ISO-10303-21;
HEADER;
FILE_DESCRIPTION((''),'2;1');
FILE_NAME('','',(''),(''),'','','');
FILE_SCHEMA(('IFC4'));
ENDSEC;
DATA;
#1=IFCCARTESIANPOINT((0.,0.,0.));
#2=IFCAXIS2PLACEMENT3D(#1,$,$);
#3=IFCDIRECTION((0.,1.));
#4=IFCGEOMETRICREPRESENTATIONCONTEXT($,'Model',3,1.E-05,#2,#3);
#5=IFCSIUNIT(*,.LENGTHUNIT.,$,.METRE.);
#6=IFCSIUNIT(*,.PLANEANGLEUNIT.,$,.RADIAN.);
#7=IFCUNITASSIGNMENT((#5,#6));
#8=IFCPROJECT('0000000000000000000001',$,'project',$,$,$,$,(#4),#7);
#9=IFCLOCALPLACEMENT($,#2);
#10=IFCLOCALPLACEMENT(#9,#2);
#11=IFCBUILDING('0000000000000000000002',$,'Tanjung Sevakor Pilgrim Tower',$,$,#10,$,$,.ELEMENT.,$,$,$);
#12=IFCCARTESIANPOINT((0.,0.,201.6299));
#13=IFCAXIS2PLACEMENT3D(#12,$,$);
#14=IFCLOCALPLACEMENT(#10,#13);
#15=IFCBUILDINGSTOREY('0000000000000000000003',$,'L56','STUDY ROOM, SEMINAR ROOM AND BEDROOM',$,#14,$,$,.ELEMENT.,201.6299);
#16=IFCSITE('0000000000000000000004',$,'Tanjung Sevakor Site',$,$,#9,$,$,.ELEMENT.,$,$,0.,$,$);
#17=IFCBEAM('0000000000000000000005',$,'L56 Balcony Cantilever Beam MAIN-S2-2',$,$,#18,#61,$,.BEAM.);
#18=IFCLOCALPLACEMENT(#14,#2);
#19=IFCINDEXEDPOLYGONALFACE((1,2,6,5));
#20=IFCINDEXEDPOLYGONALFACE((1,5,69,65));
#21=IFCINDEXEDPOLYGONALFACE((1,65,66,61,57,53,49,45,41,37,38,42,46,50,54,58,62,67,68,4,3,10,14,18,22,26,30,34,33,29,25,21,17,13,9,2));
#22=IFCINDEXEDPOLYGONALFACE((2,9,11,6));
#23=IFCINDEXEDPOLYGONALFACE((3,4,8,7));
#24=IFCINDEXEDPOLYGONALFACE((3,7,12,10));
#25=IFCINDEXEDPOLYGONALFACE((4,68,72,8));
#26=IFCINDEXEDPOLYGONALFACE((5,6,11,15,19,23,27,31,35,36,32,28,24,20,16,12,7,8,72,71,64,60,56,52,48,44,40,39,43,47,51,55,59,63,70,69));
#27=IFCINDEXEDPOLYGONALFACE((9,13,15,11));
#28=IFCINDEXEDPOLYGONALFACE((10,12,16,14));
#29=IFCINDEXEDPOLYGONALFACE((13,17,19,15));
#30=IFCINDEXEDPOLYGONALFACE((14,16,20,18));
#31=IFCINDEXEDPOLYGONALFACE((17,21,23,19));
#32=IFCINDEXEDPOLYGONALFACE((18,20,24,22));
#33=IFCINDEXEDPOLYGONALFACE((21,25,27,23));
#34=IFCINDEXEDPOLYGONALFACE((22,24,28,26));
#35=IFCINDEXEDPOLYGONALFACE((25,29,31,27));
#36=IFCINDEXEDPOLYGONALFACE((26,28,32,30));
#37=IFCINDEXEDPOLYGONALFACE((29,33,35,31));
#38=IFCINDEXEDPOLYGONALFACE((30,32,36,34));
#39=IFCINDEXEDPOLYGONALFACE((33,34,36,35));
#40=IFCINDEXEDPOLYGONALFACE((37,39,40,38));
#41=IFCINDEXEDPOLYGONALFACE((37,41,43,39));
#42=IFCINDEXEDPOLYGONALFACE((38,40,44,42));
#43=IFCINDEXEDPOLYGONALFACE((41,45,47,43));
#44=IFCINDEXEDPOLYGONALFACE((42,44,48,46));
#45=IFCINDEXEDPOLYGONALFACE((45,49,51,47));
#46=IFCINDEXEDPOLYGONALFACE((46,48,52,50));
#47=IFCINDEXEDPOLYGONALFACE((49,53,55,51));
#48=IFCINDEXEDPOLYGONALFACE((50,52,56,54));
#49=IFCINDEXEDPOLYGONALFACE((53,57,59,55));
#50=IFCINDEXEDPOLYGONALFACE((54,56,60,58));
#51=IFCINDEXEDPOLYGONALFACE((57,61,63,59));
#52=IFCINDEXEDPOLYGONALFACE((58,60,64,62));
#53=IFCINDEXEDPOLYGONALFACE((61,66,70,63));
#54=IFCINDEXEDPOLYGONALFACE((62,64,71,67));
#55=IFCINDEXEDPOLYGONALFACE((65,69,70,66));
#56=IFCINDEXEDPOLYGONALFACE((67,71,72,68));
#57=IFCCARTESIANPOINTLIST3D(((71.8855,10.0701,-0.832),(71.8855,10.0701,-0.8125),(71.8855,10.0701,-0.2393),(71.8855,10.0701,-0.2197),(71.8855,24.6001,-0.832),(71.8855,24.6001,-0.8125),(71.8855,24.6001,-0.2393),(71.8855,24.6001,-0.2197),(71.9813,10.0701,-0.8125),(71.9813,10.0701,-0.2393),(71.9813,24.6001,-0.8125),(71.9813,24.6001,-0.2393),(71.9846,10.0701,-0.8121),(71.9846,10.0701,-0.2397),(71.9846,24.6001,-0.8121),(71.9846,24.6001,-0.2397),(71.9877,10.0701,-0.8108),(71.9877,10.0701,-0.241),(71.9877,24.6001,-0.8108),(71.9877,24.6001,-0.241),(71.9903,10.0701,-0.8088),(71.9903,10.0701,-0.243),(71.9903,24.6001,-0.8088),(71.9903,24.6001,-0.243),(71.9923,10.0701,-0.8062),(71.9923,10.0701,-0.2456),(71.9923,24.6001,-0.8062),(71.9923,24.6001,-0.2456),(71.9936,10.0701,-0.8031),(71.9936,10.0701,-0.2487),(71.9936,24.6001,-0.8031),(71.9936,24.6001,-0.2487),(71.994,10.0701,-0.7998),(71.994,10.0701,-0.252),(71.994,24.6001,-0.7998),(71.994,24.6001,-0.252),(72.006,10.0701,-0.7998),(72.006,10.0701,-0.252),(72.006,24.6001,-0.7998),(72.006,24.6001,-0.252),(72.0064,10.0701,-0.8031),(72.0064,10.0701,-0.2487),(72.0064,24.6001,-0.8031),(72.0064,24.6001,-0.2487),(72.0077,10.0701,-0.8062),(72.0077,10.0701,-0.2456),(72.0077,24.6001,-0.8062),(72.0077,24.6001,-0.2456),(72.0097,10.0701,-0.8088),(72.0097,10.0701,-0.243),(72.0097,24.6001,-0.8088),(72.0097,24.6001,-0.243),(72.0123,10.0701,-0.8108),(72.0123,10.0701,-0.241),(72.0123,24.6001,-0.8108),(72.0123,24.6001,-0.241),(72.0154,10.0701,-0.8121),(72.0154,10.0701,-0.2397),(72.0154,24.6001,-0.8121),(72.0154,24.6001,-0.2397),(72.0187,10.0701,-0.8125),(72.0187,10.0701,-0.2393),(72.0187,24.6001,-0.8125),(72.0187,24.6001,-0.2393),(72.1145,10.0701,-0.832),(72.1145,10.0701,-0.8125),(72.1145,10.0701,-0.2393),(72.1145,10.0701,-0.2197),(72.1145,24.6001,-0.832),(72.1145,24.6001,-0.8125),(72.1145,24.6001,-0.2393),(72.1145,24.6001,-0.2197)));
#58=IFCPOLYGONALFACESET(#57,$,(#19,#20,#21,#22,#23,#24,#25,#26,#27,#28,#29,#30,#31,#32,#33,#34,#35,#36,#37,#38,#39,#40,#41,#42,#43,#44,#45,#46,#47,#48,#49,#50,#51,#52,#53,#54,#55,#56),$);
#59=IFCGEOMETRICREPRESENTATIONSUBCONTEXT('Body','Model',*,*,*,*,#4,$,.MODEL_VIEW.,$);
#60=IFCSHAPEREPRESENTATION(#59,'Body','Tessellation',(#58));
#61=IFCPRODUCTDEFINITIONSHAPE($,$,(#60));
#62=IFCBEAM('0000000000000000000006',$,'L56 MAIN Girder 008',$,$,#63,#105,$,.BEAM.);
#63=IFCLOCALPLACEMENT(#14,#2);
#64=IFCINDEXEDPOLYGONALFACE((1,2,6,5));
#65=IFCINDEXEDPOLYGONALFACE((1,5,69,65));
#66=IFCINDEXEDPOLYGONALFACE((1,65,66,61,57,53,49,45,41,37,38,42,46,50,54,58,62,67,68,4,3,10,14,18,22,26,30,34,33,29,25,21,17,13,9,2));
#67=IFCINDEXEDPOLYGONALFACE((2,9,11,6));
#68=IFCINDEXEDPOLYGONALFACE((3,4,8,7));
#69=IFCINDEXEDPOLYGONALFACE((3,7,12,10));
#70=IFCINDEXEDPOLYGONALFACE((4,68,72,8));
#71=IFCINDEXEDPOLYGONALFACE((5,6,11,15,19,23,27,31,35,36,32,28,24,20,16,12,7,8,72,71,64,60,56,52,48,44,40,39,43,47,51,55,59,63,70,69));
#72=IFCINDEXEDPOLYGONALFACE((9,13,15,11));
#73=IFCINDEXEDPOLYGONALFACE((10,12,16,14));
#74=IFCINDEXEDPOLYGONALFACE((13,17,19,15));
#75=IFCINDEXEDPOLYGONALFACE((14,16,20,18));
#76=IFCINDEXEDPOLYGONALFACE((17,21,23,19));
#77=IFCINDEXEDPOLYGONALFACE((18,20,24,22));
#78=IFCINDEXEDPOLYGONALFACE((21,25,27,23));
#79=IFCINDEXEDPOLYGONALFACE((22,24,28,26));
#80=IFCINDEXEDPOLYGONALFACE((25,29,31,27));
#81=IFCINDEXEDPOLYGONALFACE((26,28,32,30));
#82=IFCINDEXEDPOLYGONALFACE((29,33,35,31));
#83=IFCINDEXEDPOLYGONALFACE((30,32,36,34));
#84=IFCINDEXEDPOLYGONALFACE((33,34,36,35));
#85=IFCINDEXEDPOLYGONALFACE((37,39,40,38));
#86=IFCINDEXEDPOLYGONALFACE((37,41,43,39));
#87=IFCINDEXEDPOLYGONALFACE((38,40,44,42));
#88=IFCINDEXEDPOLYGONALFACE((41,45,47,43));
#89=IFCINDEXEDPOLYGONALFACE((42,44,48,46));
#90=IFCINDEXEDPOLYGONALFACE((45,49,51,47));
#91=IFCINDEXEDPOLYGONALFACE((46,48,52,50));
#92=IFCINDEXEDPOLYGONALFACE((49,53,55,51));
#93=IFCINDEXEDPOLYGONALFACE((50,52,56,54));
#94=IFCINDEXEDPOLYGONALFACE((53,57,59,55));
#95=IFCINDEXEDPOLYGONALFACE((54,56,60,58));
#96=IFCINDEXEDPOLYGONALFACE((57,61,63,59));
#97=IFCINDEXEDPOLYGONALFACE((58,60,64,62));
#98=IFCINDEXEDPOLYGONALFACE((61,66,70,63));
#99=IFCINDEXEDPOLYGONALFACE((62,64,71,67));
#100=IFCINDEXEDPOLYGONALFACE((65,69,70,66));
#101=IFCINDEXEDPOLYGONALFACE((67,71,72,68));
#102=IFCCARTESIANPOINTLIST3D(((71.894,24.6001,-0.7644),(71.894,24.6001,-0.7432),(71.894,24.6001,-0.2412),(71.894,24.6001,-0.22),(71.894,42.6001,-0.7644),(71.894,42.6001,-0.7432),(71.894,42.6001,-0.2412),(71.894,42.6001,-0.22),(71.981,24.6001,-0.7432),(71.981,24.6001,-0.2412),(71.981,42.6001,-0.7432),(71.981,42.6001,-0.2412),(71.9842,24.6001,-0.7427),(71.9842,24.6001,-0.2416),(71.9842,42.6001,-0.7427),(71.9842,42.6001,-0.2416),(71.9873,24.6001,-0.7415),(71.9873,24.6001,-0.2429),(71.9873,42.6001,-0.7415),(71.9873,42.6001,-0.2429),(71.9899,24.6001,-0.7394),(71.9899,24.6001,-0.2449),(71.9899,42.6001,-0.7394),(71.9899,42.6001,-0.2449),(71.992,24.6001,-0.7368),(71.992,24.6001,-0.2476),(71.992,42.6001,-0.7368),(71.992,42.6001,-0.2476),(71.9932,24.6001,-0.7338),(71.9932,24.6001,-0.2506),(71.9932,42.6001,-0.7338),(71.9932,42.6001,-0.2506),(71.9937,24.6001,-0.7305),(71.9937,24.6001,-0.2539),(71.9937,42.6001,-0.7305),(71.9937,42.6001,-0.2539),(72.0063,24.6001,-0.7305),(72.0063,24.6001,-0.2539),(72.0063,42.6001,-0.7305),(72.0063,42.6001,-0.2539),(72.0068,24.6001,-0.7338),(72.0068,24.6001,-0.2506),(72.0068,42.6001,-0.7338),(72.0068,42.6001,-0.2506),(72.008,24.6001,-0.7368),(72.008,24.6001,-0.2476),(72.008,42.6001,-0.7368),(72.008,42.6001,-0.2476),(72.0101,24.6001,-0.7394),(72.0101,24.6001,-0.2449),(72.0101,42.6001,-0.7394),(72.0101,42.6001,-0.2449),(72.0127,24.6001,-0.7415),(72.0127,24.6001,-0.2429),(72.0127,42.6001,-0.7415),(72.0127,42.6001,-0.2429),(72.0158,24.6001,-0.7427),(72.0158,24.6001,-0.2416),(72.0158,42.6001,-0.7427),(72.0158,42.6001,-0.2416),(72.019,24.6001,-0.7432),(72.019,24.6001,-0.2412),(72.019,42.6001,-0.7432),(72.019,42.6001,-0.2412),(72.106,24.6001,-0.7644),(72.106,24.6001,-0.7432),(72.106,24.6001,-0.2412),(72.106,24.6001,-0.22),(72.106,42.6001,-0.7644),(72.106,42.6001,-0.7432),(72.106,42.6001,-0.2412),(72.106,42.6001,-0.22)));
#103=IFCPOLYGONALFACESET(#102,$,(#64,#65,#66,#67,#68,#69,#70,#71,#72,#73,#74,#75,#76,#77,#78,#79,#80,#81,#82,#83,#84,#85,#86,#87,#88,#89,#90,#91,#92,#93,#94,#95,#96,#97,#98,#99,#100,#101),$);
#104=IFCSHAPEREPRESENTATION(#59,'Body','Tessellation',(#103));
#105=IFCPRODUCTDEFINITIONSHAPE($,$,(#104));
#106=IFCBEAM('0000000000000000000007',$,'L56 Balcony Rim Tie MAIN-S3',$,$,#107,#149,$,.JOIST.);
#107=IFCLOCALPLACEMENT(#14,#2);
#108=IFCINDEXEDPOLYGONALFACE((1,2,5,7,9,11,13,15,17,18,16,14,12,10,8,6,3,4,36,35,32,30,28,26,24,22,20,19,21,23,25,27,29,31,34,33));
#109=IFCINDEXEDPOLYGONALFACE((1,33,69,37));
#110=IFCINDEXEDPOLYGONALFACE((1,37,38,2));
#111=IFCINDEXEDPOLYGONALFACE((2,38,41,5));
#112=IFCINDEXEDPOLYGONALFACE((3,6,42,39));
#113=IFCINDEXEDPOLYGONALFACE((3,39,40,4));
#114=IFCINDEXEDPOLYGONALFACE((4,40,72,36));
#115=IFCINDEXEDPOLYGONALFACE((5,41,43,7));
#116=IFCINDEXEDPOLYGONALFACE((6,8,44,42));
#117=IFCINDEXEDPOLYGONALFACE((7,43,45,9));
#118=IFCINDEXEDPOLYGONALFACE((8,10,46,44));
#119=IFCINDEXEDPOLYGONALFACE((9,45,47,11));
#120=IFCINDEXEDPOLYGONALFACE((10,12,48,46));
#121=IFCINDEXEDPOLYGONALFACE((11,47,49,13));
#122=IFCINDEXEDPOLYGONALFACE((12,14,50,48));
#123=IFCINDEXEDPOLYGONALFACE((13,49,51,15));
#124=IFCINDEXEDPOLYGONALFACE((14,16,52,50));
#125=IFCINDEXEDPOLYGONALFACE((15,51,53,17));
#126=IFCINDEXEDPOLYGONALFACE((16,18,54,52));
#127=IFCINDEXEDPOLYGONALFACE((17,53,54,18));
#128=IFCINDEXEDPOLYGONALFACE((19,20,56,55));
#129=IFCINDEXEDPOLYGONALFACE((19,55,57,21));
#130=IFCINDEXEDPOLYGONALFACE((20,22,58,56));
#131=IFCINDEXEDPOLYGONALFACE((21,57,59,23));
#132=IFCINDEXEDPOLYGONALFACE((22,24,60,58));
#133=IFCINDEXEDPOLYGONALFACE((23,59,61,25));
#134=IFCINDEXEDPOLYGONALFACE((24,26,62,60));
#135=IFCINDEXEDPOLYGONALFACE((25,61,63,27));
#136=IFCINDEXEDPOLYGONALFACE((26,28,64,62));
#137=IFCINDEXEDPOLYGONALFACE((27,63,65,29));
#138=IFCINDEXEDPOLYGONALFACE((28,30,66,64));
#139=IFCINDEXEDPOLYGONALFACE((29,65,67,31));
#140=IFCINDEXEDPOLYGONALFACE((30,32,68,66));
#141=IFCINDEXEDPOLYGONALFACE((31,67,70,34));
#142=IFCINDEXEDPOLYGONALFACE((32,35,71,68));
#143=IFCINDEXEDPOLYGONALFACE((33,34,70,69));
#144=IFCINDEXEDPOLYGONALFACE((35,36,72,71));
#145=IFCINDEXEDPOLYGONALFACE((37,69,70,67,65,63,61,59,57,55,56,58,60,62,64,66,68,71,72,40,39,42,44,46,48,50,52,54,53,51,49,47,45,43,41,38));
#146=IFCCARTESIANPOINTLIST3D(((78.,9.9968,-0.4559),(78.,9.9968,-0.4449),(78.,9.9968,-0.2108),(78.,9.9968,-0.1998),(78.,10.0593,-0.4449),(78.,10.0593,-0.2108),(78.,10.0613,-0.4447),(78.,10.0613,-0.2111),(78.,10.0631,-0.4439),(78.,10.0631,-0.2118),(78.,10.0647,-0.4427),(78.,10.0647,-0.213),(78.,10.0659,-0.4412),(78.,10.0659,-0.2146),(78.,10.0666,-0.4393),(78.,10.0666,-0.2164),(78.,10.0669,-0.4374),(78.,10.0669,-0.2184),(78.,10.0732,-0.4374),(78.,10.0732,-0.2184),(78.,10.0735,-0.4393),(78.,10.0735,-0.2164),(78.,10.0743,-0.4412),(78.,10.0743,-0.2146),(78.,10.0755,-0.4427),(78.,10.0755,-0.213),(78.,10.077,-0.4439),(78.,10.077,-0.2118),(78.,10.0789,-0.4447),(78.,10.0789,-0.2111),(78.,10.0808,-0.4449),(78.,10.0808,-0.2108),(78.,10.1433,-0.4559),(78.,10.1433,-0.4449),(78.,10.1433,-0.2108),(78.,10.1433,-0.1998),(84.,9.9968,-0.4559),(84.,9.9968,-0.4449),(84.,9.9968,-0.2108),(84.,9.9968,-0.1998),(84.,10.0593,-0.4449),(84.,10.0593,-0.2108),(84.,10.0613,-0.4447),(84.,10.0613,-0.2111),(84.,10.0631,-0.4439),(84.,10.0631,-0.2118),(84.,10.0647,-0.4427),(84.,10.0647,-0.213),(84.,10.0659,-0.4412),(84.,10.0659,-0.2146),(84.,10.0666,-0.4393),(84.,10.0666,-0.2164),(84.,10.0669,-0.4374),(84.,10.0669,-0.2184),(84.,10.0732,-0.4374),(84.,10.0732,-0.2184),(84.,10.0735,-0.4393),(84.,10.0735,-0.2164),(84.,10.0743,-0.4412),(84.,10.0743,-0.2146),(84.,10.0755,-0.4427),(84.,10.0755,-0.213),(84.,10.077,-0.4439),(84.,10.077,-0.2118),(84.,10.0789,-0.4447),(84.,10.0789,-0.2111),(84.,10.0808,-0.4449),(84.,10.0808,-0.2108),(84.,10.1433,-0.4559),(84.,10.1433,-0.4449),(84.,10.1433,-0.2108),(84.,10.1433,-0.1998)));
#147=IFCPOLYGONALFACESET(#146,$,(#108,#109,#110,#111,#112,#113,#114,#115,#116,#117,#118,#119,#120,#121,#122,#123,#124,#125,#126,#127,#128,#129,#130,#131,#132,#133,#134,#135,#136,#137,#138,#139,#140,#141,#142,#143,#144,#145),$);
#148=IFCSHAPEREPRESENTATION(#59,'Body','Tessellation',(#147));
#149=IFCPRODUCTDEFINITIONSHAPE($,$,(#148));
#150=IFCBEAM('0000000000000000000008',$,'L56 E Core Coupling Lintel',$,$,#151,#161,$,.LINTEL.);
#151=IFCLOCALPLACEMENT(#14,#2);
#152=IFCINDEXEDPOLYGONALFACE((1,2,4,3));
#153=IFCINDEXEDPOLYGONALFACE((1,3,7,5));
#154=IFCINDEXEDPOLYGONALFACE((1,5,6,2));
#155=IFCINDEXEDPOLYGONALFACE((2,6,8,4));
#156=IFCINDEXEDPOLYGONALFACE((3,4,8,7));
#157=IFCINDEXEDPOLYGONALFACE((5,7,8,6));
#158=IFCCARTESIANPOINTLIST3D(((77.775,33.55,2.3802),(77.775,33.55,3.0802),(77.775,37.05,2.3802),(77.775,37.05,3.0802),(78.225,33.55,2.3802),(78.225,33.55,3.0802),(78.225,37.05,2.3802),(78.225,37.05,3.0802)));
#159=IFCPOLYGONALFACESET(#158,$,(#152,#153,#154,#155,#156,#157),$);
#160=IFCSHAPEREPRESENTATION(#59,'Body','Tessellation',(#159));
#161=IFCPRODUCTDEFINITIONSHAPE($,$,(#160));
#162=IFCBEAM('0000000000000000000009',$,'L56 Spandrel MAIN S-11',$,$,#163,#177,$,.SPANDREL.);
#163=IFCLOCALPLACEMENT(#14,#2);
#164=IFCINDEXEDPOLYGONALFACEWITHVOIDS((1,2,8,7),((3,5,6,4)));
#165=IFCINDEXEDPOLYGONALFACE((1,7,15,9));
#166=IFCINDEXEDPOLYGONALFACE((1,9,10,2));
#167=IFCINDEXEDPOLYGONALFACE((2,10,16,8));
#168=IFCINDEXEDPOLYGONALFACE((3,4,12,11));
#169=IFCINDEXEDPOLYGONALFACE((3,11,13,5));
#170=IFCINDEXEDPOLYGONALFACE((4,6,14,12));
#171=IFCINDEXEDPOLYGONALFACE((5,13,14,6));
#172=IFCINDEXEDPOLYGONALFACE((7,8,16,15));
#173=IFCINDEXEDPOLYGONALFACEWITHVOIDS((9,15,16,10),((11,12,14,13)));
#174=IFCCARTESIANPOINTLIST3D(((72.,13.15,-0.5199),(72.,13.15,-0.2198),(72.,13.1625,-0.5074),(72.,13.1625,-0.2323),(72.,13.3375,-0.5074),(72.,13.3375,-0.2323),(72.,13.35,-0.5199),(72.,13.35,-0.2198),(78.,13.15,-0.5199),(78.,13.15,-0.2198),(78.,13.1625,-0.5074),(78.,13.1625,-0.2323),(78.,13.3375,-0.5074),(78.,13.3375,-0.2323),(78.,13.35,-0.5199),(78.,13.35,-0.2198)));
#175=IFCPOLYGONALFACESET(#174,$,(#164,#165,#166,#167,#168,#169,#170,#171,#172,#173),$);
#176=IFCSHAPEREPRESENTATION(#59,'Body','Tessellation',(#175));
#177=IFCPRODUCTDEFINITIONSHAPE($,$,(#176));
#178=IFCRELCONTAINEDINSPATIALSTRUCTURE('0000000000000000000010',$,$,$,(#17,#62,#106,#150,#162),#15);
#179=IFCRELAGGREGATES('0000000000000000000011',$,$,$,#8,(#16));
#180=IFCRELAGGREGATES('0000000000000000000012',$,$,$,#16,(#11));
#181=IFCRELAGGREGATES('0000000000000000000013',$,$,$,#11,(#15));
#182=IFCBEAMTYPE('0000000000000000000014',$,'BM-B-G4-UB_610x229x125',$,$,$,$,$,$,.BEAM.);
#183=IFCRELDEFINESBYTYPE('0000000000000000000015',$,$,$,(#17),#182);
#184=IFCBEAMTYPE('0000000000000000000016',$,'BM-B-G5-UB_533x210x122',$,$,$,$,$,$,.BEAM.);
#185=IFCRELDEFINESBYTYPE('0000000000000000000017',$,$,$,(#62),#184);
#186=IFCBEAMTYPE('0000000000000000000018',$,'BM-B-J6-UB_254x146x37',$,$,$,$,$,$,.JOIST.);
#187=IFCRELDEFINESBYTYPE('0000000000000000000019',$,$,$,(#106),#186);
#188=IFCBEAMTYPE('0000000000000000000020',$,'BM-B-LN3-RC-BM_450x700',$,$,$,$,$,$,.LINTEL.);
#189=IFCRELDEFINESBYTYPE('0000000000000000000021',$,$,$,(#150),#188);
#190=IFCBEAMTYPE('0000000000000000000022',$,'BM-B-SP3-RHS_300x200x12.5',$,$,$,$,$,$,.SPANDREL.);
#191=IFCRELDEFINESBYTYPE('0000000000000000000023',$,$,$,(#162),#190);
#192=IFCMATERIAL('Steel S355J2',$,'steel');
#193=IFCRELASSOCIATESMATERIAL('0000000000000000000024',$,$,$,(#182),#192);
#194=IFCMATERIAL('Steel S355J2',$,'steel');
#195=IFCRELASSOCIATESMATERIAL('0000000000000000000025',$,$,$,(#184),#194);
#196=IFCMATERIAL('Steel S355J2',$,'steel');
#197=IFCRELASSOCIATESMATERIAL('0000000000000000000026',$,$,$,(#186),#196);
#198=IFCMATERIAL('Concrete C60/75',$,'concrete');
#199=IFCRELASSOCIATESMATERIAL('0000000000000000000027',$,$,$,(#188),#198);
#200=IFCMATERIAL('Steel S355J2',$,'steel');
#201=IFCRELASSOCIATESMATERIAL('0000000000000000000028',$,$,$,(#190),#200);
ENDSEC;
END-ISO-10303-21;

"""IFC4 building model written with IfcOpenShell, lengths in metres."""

from ifc_helpers import new_model, si_unit, direction, frame, origin, origin_2d, place, context, subcontext, project, spatial, rectangle, hollow_rectangle, i_section, extrude, material, material_profile, profile_set, type_object, element, save


model = new_model("IFC4")

# Units and contexts
model_context = context("Model", 3, precision=1e-05, world=origin(), true_north=direction((0.0, 1.0)))
body_context = subcontext(model_context, "Body", "Model", "MODEL_VIEW")
ifc_project = project(units=[si_unit("LENGTHUNIT", "METRE"), si_unit("PLANEANGLEUNIT", "RADIAN")], contexts=[model_context])

# Site, building, storey
site_placement = place(None, origin())
site = spatial("IfcSite", under=ifc_project, at=site_placement, Name="Tanjung Sevakor Site", CompositionType="ELEMENT", RefElevation=0.0)
building_placement = place(site_placement, origin())
building = spatial("IfcBuilding", under=site, at=building_placement, Name="Tanjung Sevakor Pilgrim Tower", CompositionType="ELEMENT")
storey_placement = place(building_placement, frame((0.0, 0.0, 201.6299)))
storey = spatial("IfcBuildingStorey", under=building, at=storey_placement, Name="L56", Description="STUDY ROOM, SEMINAR ROOM AND BEDROOM", CompositionType="ELEMENT", Elevation=201.6299)

# Beams
ifc_material_1 = material(Name="Steel S355J2", Category="steel")
ifc_material_profile_1 = material_profile(ifc_material_1, i_section(OverallWidth=0.229, OverallDepth=0.6123, WebThickness=0.012, FlangeThickness=0.0195, FilletRadius=0.0127, at=origin_2d()))
ifc_profile_set_1 = profile_set([ifc_material_profile_1], Name="Steel S355J2")
beam_type_1 = type_object("IfcBeamType", Name="BM-B-G4-UB_610x229x125", PredefinedType="BEAM", material=ifc_profile_set_1)
for number, where, z_axis, x_axis, name in (
    (1, (72.0, 24.6001, -0.5259), (0.0, -1.0, 0.0), (1.0, 0.0, 0.0), "L56 Balcony Cantilever Beam MAIN-S2-2"),
):
    element("IfcBeam", number, at=place(storey_placement, frame(where, z_axis=z_axis, x_axis=x_axis)), inside=storey, type_object=beam_type_1, Name=name, PredefinedType="BEAM", context=body_context, shape_type="SweptSolid", body=[
        extrude(i_section(OverallWidth=0.229, OverallDepth=0.6123, WebThickness=0.012, FlangeThickness=0.0195, FilletRadius=0.0127, at=origin_2d()), origin(), (0.0, 0.0, 1.0), 14.53),
    ])
ifc_material_2 = material(Name="Steel S355J2", Category="steel")
ifc_material_profile_2 = material_profile(ifc_material_2, i_section(OverallWidth=0.2119, OverallDepth=0.5444, WebThickness=0.0127, FlangeThickness=0.0212, FilletRadius=0.0127, at=origin_2d()))
ifc_profile_set_2 = profile_set([ifc_material_profile_2], Name="Steel S355J2")
beam_type_2 = type_object("IfcBeamType", Name="BM-B-G5-UB_533x210x122", PredefinedType="BEAM", material=ifc_profile_set_2)
beam_1_placement = place(storey_placement, frame((72.0, 24.6001, -0.4922), z_axis=(0.0, 1.0, 0.0), x_axis=(-1.0, 0.0, 0.0)))
element("IfcBeam", 2, at=beam_1_placement, inside=storey, type_object=beam_type_2, Name="L56 MAIN Girder 008", PredefinedType="BEAM", context=body_context, shape_type="SweptSolid", body=[
    extrude(i_section(OverallWidth=0.2119, OverallDepth=0.5444, WebThickness=0.0127, FlangeThickness=0.0212, FilletRadius=0.0127, at=origin_2d()), origin(), (0.0, 0.0, 1.0), 18.0),
])
ifc_material_3 = material(Name="Steel S355J2", Category="steel")
ifc_material_profile_3 = material_profile(ifc_material_3, i_section(OverallWidth=0.1465, OverallDepth=0.2561, WebThickness=0.0063, FlangeThickness=0.011, FilletRadius=0.0076, at=origin_2d()))
ifc_profile_set_3 = profile_set([ifc_material_profile_3], Name="Steel S355J2")
beam_type_3 = type_object("IfcBeamType", Name="BM-B-J6-UB_254x146x37", PredefinedType="JOIST", material=ifc_profile_set_3)
beam_2_placement = place(storey_placement, frame((78.0, 10.0701, -0.3279), z_axis=(1.0, 0.0, 0.0), x_axis=(0.0, 1.0, 0.0)))
element("IfcBeam", 3, at=beam_2_placement, inside=storey, type_object=beam_type_3, Name="L56 Balcony Rim Tie MAIN-S3", PredefinedType="JOIST", context=body_context, shape_type="SweptSolid", body=[
    extrude(i_section(OverallWidth=0.1465, OverallDepth=0.2561, WebThickness=0.0063, FlangeThickness=0.011, FilletRadius=0.0076, at=origin_2d()), origin(), (0.0, 0.0, 1.0), 6.0),
])
ifc_material_4 = material(Name="Concrete C60/75", Category="concrete")
ifc_material_profile_4 = material_profile(ifc_material_4, rectangle(XDim=0.45, YDim=0.7, at=origin_2d()))
ifc_profile_set_4 = profile_set([ifc_material_profile_4], Name="Concrete C60/75")
beam_type_4 = type_object("IfcBeamType", Name="BM-B-LN3-RC-BM_450x700", PredefinedType="LINTEL", material=ifc_profile_set_4)
beam_3_placement = place(storey_placement, frame((78.0, 33.55, 2.7302), z_axis=(0.0, 1.0, 0.0), x_axis=(-1.0, 0.0, 0.0)))
element("IfcBeam", 4, at=beam_3_placement, inside=storey, type_object=beam_type_4, Name="L56 E Core Coupling Lintel", PredefinedType="LINTEL", context=body_context, shape_type="SweptSolid", body=[
    extrude(rectangle(XDim=0.45, YDim=0.7, at=origin_2d()), origin(), (0.0, 0.0, 1.0), 3.5),
])
ifc_material_5 = material(Name="Steel S355J2", Category="steel")
ifc_material_profile_5 = material_profile(ifc_material_5, hollow_rectangle(XDim=0.2, YDim=0.3, WallThickness=0.0125, at=origin_2d()))
ifc_profile_set_5 = profile_set([ifc_material_profile_5], Name="Steel S355J2")
beam_type_5 = type_object("IfcBeamType", Name="BM-B-SP3-RHS_300x200x12.5", PredefinedType="SPANDREL", material=ifc_profile_set_5)
for number, where, z_axis, x_axis, name in (
    (5, (72.0, 13.25, -0.3699), (1.0, 0.0, 0.0), (0.0, 1.0, 0.0), "L56 Spandrel MAIN S-11"),
):
    element("IfcBeam", number, at=place(storey_placement, frame(where, z_axis=z_axis, x_axis=x_axis)), inside=storey, type_object=beam_type_5, Name=name, PredefinedType="SPANDREL", context=body_context, shape_type="SweptSolid", body=[
        extrude(hollow_rectangle(XDim=0.2, YDim=0.3, WallThickness=0.0125, at=origin_2d()), origin(), (0.0, 0.0, 1.0), 6.0),
    ])

save(model, "model.ifc")
